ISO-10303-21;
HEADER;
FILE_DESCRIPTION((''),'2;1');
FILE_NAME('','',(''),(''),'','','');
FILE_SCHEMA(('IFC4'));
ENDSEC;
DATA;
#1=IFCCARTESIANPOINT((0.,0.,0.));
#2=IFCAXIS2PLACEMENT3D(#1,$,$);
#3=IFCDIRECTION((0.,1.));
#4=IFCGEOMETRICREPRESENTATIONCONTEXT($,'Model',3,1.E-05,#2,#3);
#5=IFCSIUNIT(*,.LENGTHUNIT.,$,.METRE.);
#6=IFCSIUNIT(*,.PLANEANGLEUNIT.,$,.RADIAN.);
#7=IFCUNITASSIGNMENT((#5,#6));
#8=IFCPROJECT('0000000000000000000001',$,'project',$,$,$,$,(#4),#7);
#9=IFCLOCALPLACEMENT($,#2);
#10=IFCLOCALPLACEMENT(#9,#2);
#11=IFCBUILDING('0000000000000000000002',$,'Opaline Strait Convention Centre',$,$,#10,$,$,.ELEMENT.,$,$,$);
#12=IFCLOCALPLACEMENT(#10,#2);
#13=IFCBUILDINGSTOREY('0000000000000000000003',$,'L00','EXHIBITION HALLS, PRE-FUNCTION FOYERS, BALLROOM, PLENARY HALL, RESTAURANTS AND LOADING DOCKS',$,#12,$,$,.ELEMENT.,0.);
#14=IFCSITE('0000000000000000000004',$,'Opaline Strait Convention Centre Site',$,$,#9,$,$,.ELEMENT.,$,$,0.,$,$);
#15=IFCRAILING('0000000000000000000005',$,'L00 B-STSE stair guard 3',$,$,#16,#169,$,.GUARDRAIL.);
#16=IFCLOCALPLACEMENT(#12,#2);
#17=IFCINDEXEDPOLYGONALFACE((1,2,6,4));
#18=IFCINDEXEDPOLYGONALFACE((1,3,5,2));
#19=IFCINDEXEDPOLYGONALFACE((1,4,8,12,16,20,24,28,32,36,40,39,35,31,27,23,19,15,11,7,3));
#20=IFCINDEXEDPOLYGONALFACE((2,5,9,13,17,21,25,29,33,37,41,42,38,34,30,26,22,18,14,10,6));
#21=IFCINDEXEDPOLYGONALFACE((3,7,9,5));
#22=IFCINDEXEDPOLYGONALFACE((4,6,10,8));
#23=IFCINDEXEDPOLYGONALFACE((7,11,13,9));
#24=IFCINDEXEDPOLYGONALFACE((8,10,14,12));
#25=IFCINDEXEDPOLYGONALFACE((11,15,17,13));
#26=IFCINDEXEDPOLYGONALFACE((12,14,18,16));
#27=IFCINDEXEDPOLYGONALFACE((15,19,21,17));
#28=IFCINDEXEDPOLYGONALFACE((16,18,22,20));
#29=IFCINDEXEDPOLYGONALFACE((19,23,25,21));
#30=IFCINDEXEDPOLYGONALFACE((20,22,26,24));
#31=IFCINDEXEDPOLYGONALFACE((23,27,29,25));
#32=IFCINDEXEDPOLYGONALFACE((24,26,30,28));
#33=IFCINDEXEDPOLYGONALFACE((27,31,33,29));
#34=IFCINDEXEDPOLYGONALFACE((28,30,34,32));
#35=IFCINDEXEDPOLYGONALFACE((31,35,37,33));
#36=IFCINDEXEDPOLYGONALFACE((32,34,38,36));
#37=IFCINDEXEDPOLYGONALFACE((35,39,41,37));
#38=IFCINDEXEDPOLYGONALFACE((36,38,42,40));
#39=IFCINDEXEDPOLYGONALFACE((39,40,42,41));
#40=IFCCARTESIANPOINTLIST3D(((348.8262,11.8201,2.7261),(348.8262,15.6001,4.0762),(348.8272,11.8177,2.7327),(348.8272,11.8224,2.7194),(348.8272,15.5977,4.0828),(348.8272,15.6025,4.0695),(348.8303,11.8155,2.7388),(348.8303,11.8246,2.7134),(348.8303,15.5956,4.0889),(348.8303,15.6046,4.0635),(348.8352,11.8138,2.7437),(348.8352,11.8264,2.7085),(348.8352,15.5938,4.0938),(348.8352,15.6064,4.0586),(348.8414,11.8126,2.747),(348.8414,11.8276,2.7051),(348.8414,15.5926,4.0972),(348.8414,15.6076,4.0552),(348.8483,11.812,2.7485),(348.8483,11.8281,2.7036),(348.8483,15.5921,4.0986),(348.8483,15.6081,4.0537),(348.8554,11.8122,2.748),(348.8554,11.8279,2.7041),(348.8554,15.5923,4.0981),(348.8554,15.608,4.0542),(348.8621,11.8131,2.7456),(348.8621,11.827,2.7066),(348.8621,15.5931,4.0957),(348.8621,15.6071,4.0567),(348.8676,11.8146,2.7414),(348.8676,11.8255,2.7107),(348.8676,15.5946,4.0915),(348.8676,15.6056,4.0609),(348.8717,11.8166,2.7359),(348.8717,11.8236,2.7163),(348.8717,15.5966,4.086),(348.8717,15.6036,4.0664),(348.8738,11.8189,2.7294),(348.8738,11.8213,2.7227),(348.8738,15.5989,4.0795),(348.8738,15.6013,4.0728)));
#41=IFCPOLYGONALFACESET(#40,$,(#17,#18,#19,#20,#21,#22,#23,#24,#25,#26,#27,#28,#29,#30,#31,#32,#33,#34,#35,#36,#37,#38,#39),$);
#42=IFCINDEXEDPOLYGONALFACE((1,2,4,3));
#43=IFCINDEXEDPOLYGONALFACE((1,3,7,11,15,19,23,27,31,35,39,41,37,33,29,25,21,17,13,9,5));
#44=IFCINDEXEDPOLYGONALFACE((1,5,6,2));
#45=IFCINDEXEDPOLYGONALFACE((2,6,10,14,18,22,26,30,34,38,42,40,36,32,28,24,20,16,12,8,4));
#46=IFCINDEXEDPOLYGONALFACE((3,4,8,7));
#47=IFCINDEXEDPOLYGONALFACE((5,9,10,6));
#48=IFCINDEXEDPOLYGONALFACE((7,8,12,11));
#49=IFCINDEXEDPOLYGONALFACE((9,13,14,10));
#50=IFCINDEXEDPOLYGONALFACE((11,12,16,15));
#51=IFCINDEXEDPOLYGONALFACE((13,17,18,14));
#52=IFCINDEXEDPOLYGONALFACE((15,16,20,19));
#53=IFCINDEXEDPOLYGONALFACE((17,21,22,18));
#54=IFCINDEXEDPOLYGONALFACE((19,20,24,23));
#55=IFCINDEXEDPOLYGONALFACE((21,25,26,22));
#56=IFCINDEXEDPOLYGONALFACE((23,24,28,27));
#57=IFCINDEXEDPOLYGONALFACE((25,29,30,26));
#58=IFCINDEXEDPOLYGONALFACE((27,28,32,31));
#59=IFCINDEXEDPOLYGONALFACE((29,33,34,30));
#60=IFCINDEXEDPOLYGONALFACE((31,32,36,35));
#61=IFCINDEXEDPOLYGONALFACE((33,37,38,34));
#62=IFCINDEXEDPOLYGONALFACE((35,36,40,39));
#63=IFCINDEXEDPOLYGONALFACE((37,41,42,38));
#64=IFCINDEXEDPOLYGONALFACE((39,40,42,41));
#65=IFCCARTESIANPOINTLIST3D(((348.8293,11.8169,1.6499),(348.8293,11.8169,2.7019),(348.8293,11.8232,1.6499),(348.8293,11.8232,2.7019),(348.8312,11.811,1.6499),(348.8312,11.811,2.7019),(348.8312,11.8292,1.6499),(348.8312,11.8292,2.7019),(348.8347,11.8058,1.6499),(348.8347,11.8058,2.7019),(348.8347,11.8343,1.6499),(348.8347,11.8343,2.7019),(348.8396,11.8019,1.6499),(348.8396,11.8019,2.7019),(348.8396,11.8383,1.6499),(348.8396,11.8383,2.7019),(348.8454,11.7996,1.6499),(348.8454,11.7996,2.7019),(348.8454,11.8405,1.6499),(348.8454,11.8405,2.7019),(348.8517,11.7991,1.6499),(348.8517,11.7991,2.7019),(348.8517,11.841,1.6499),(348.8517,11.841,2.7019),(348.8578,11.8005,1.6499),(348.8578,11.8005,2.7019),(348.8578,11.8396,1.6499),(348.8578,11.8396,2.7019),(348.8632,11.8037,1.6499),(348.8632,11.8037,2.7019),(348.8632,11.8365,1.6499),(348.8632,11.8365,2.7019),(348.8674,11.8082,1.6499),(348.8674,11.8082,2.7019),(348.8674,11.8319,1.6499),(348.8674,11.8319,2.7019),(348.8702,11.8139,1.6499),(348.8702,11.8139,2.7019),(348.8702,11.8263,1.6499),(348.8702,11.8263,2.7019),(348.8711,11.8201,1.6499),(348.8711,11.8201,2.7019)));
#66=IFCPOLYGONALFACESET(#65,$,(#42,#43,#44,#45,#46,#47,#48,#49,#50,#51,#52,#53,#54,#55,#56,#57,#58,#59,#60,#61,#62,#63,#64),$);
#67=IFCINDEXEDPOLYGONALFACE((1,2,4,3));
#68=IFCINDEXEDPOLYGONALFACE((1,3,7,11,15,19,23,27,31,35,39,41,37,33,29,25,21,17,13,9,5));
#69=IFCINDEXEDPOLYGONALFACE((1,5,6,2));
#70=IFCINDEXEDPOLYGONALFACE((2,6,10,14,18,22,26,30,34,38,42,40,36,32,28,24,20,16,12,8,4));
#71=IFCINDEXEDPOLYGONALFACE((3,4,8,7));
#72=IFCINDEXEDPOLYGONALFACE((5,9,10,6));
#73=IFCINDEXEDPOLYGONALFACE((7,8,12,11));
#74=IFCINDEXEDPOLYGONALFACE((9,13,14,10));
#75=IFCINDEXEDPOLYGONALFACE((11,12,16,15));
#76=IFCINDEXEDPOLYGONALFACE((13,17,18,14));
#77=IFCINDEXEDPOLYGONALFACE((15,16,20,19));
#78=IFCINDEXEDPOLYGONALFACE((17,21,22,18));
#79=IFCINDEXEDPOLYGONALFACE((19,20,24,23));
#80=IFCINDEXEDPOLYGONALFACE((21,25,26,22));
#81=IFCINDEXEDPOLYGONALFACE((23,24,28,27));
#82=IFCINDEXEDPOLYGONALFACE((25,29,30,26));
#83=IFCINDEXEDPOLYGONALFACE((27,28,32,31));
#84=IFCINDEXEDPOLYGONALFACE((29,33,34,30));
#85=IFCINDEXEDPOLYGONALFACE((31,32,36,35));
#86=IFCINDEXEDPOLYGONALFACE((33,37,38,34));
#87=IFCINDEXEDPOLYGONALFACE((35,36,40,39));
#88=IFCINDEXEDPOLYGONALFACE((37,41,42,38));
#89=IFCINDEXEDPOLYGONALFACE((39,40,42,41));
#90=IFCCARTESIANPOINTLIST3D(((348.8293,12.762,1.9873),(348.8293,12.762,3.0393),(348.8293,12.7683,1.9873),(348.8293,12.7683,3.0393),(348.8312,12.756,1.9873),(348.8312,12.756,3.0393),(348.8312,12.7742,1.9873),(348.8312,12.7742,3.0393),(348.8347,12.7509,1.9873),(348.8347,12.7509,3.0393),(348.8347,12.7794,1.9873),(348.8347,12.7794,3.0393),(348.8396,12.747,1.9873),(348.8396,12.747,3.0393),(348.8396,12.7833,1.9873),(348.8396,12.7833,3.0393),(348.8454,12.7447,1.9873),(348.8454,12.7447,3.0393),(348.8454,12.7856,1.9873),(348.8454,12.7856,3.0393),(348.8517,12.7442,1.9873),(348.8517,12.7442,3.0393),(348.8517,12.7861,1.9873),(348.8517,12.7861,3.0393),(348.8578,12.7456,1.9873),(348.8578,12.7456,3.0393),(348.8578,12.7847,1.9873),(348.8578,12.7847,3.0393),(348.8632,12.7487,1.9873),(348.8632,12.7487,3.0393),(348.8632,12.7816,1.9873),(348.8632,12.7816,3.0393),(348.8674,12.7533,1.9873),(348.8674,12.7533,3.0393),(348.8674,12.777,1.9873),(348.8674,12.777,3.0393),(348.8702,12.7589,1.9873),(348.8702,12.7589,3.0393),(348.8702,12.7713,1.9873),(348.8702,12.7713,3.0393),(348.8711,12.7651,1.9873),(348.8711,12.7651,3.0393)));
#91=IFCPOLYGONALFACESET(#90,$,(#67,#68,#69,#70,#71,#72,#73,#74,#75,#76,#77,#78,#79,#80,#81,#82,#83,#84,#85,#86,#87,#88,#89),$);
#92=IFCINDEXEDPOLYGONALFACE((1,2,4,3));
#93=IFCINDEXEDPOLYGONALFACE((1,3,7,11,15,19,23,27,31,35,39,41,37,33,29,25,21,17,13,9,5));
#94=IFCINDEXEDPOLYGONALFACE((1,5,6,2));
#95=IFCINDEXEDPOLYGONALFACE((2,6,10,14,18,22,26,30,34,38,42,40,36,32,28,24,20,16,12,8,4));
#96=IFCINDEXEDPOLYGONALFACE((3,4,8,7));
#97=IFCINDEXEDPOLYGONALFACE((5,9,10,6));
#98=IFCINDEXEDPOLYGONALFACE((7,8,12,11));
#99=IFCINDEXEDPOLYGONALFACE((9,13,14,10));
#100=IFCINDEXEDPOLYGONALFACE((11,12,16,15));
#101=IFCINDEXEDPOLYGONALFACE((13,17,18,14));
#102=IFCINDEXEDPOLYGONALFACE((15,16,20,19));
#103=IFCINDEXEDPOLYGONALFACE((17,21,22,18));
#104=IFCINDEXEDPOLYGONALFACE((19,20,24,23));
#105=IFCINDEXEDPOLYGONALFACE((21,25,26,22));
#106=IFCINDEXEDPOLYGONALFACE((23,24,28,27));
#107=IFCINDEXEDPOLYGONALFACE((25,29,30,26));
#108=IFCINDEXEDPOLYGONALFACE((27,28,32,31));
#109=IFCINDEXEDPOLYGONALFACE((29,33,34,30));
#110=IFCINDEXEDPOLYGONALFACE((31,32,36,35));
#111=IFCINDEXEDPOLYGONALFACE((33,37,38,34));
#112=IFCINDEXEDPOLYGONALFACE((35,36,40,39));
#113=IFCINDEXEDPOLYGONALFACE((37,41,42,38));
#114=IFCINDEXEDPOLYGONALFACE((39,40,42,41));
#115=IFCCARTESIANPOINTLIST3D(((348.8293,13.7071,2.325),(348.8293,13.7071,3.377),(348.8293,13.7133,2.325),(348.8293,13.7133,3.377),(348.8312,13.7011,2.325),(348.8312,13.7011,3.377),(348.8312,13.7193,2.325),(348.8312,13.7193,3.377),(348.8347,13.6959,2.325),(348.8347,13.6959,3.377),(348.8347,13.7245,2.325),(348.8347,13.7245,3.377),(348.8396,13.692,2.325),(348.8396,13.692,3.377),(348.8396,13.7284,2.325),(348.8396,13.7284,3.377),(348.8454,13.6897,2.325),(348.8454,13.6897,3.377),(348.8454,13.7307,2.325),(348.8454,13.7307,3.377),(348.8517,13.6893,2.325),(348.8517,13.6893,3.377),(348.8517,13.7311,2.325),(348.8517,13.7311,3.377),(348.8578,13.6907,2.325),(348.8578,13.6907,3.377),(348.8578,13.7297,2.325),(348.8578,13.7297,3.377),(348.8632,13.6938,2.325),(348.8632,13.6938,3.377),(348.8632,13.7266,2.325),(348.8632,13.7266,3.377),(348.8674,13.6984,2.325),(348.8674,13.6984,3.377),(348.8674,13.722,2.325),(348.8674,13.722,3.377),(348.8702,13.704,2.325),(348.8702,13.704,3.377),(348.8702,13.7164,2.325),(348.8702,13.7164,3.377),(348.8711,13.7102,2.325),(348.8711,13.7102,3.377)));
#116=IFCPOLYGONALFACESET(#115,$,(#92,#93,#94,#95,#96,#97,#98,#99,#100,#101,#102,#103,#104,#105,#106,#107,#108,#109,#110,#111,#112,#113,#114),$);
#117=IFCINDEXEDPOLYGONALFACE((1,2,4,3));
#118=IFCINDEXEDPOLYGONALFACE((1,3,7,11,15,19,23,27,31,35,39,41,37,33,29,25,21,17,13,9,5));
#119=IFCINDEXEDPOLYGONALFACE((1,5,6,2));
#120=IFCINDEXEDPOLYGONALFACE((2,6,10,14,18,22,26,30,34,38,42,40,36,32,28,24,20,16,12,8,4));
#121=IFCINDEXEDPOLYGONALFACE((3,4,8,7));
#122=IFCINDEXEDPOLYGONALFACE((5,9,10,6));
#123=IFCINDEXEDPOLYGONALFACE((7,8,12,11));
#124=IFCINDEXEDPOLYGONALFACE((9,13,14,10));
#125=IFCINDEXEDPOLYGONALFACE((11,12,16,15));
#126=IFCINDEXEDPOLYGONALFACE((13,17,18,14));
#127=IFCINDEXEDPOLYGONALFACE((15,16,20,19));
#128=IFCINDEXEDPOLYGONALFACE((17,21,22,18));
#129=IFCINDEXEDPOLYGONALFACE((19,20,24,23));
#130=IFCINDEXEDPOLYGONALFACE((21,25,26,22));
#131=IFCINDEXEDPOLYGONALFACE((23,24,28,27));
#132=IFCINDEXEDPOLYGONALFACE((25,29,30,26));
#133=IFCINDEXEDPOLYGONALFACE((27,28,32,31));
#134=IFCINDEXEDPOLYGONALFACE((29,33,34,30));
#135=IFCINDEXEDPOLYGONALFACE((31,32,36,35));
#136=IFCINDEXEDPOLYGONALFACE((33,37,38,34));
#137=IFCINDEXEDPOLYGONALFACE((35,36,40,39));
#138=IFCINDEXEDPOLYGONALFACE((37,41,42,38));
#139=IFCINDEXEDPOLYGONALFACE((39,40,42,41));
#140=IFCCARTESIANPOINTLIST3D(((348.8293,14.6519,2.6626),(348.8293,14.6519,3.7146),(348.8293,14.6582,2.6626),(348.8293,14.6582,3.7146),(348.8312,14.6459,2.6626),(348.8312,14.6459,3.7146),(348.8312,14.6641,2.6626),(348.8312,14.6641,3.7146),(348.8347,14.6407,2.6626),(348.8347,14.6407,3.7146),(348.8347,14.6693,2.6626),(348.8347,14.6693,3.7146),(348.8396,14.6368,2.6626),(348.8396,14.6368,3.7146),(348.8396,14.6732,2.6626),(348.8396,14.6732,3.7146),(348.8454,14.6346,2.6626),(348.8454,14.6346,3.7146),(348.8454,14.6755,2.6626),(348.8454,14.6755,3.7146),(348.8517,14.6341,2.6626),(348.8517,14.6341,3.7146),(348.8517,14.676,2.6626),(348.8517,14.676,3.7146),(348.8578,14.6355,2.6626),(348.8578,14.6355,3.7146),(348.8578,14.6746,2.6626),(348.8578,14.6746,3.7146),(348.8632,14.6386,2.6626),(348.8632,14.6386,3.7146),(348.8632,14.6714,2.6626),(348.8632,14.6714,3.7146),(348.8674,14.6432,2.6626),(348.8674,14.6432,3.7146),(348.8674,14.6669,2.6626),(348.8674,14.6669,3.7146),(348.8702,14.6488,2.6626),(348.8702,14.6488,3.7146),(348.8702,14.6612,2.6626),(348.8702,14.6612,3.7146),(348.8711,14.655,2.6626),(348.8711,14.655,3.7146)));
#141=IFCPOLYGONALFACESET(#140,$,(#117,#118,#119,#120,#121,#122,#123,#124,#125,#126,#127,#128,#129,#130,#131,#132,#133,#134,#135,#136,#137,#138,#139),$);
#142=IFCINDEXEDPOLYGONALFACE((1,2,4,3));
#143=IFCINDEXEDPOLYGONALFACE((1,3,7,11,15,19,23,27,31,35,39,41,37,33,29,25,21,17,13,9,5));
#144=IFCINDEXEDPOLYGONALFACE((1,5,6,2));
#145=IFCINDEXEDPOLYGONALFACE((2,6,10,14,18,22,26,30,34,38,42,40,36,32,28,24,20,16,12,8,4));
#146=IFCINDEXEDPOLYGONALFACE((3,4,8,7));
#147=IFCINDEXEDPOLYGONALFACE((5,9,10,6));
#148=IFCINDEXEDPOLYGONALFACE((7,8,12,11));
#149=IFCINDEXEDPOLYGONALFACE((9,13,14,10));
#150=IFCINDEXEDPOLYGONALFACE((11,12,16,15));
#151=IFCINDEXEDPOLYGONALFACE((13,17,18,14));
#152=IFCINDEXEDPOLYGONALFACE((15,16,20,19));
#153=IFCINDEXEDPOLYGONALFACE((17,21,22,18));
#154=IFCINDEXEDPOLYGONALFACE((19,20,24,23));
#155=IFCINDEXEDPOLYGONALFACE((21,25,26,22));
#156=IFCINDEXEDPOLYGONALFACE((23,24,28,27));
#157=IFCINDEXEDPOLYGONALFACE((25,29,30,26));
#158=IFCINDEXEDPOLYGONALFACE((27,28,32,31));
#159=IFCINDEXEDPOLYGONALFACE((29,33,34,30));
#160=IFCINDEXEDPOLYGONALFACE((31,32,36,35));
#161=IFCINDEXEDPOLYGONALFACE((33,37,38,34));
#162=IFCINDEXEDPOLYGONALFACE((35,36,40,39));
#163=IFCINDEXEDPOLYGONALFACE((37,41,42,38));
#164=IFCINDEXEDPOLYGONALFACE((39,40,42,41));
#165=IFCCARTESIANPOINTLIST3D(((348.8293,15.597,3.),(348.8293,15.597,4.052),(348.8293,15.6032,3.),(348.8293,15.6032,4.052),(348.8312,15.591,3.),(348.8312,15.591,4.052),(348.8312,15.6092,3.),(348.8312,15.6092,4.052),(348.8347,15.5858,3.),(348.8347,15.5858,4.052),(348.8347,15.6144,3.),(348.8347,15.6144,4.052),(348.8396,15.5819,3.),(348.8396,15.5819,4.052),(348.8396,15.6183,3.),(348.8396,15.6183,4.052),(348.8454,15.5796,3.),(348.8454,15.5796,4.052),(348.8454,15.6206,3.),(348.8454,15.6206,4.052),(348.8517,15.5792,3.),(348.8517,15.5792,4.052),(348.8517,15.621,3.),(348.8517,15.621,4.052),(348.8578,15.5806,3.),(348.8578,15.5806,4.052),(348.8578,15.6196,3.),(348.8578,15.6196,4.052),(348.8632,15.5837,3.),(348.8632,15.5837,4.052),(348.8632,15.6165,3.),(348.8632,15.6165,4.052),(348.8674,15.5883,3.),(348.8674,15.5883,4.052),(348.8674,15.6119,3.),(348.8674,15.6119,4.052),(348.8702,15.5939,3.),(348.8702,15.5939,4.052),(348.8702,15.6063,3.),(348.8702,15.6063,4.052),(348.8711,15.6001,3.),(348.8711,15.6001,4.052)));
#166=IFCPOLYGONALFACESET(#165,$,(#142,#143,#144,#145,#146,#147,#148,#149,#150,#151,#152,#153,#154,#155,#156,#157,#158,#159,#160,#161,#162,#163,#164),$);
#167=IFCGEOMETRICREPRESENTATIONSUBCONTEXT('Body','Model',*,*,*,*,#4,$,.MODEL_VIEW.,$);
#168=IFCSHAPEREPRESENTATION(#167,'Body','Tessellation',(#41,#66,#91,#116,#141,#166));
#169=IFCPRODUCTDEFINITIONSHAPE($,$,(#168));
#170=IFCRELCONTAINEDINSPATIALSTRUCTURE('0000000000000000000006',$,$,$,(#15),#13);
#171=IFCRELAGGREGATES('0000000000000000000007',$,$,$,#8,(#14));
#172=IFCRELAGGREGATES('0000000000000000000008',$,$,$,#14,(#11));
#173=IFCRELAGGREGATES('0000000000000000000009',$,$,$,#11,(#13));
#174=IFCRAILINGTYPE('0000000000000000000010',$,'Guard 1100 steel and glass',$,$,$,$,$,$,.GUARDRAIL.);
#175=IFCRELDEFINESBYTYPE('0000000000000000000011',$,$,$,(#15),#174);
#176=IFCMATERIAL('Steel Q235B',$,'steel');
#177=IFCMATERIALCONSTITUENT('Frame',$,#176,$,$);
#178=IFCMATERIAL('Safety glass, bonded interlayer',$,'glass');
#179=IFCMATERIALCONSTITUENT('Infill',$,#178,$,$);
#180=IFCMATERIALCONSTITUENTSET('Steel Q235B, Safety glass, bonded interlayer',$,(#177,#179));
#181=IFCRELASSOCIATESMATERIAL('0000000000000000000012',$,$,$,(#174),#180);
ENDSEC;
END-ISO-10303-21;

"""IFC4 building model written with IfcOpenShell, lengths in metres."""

from ifc_helpers import new_model, si_unit, direction, frame, origin, origin_2d, place, context, subcontext, project, spatial, circle, extrude, material, constituent, constituent_set, type_object, element, save


model = new_model("IFC4")

# Units and contexts
model_context = context("Model", 3, precision=1e-05, world=origin(), true_north=direction((0.0, 1.0)))
body_context = subcontext(model_context, "Body", "Model", "MODEL_VIEW")
ifc_project = project(units=[si_unit("LENGTHUNIT", "METRE"), si_unit("PLANEANGLEUNIT", "RADIAN")], contexts=[model_context])

# Site, building, storey
site_placement = place(None, origin())
site = spatial("IfcSite", under=ifc_project, at=site_placement, Name="Opaline Strait Convention Centre Site", CompositionType="ELEMENT", RefElevation=0.0)
building_placement = place(site_placement, origin())
building = spatial("IfcBuilding", under=site, at=building_placement, Name="Opaline Strait Convention Centre", CompositionType="ELEMENT")
storey_placement = place(building_placement, origin())
storey = spatial("IfcBuildingStorey", under=building, at=storey_placement, Name="L00", Description="EXHIBITION HALLS, PRE-FUNCTION FOYERS, BALLROOM, PLENARY HALL, RESTAURANTS AND LOADING DOCKS", CompositionType="ELEMENT", Elevation=0.0)

# Shared definitions
ifc_material_1 = material(Name="Steel Q235B", Category="steel")

# Railing
ifc_constituent_1 = constituent(ifc_material_1, Name="Frame")
ifc_material_2 = material(Name="Safety glass, bonded interlayer", Category="glass")
ifc_constituent_2 = constituent(ifc_material_2, Name="Infill")
ifc_constituent_set = constituent_set(constituents=[ifc_constituent_1, ifc_constituent_2], Name="Steel Q235B, Safety glass, bonded interlayer")
railing_type_1 = type_object("IfcRailingType", Name="Guard 1100 steel and glass", PredefinedType="GUARDRAIL", material=ifc_constituent_set)
railing_1_placement = place(storey_placement, frame((348.8501, 11.8201, 1.6499)))
element("IfcRailing", 1, at=railing_1_placement, inside=storey, type_object=railing_type_1, Name="L00 B-STSE stair guard 3", PredefinedType="GUARDRAIL", context=body_context, shape_type="SweptSolid", body=[
    extrude(circle(Radius=0.0239, at=origin_2d()), frame((0.0, 0.0, 1.0762), z_axis=(0.0, 0.941735, 0.336356), x_axis=(-1.0, 0.0, 0.0)), (0.0, 0.0, 1.0), 4.0139),
    extrude(circle(Radius=0.021, at=origin_2d()), origin(), (0.0, 0.0, 1.0), 1.052),
    extrude(circle(Radius=0.021, at=origin_2d()), frame((0.0, 0.9451, 0.3374)), (0.0, 0.0, 1.0), 1.052),
    extrude(circle(Radius=0.021, at=origin_2d()), frame((0.0, 1.8901, 0.675)), (0.0, 0.0, 1.0), 1.052),
    extrude(circle(Radius=0.021, at=origin_2d()), frame((0.0, 2.835, 1.0127)), (0.0, 0.0, 1.0), 1.052),
    extrude(circle(Radius=0.021, at=origin_2d()), frame((0.0, 3.78, 1.3501)), (0.0, 0.0, 1.0), 1.052),
])

save(model, "model.ifc")
